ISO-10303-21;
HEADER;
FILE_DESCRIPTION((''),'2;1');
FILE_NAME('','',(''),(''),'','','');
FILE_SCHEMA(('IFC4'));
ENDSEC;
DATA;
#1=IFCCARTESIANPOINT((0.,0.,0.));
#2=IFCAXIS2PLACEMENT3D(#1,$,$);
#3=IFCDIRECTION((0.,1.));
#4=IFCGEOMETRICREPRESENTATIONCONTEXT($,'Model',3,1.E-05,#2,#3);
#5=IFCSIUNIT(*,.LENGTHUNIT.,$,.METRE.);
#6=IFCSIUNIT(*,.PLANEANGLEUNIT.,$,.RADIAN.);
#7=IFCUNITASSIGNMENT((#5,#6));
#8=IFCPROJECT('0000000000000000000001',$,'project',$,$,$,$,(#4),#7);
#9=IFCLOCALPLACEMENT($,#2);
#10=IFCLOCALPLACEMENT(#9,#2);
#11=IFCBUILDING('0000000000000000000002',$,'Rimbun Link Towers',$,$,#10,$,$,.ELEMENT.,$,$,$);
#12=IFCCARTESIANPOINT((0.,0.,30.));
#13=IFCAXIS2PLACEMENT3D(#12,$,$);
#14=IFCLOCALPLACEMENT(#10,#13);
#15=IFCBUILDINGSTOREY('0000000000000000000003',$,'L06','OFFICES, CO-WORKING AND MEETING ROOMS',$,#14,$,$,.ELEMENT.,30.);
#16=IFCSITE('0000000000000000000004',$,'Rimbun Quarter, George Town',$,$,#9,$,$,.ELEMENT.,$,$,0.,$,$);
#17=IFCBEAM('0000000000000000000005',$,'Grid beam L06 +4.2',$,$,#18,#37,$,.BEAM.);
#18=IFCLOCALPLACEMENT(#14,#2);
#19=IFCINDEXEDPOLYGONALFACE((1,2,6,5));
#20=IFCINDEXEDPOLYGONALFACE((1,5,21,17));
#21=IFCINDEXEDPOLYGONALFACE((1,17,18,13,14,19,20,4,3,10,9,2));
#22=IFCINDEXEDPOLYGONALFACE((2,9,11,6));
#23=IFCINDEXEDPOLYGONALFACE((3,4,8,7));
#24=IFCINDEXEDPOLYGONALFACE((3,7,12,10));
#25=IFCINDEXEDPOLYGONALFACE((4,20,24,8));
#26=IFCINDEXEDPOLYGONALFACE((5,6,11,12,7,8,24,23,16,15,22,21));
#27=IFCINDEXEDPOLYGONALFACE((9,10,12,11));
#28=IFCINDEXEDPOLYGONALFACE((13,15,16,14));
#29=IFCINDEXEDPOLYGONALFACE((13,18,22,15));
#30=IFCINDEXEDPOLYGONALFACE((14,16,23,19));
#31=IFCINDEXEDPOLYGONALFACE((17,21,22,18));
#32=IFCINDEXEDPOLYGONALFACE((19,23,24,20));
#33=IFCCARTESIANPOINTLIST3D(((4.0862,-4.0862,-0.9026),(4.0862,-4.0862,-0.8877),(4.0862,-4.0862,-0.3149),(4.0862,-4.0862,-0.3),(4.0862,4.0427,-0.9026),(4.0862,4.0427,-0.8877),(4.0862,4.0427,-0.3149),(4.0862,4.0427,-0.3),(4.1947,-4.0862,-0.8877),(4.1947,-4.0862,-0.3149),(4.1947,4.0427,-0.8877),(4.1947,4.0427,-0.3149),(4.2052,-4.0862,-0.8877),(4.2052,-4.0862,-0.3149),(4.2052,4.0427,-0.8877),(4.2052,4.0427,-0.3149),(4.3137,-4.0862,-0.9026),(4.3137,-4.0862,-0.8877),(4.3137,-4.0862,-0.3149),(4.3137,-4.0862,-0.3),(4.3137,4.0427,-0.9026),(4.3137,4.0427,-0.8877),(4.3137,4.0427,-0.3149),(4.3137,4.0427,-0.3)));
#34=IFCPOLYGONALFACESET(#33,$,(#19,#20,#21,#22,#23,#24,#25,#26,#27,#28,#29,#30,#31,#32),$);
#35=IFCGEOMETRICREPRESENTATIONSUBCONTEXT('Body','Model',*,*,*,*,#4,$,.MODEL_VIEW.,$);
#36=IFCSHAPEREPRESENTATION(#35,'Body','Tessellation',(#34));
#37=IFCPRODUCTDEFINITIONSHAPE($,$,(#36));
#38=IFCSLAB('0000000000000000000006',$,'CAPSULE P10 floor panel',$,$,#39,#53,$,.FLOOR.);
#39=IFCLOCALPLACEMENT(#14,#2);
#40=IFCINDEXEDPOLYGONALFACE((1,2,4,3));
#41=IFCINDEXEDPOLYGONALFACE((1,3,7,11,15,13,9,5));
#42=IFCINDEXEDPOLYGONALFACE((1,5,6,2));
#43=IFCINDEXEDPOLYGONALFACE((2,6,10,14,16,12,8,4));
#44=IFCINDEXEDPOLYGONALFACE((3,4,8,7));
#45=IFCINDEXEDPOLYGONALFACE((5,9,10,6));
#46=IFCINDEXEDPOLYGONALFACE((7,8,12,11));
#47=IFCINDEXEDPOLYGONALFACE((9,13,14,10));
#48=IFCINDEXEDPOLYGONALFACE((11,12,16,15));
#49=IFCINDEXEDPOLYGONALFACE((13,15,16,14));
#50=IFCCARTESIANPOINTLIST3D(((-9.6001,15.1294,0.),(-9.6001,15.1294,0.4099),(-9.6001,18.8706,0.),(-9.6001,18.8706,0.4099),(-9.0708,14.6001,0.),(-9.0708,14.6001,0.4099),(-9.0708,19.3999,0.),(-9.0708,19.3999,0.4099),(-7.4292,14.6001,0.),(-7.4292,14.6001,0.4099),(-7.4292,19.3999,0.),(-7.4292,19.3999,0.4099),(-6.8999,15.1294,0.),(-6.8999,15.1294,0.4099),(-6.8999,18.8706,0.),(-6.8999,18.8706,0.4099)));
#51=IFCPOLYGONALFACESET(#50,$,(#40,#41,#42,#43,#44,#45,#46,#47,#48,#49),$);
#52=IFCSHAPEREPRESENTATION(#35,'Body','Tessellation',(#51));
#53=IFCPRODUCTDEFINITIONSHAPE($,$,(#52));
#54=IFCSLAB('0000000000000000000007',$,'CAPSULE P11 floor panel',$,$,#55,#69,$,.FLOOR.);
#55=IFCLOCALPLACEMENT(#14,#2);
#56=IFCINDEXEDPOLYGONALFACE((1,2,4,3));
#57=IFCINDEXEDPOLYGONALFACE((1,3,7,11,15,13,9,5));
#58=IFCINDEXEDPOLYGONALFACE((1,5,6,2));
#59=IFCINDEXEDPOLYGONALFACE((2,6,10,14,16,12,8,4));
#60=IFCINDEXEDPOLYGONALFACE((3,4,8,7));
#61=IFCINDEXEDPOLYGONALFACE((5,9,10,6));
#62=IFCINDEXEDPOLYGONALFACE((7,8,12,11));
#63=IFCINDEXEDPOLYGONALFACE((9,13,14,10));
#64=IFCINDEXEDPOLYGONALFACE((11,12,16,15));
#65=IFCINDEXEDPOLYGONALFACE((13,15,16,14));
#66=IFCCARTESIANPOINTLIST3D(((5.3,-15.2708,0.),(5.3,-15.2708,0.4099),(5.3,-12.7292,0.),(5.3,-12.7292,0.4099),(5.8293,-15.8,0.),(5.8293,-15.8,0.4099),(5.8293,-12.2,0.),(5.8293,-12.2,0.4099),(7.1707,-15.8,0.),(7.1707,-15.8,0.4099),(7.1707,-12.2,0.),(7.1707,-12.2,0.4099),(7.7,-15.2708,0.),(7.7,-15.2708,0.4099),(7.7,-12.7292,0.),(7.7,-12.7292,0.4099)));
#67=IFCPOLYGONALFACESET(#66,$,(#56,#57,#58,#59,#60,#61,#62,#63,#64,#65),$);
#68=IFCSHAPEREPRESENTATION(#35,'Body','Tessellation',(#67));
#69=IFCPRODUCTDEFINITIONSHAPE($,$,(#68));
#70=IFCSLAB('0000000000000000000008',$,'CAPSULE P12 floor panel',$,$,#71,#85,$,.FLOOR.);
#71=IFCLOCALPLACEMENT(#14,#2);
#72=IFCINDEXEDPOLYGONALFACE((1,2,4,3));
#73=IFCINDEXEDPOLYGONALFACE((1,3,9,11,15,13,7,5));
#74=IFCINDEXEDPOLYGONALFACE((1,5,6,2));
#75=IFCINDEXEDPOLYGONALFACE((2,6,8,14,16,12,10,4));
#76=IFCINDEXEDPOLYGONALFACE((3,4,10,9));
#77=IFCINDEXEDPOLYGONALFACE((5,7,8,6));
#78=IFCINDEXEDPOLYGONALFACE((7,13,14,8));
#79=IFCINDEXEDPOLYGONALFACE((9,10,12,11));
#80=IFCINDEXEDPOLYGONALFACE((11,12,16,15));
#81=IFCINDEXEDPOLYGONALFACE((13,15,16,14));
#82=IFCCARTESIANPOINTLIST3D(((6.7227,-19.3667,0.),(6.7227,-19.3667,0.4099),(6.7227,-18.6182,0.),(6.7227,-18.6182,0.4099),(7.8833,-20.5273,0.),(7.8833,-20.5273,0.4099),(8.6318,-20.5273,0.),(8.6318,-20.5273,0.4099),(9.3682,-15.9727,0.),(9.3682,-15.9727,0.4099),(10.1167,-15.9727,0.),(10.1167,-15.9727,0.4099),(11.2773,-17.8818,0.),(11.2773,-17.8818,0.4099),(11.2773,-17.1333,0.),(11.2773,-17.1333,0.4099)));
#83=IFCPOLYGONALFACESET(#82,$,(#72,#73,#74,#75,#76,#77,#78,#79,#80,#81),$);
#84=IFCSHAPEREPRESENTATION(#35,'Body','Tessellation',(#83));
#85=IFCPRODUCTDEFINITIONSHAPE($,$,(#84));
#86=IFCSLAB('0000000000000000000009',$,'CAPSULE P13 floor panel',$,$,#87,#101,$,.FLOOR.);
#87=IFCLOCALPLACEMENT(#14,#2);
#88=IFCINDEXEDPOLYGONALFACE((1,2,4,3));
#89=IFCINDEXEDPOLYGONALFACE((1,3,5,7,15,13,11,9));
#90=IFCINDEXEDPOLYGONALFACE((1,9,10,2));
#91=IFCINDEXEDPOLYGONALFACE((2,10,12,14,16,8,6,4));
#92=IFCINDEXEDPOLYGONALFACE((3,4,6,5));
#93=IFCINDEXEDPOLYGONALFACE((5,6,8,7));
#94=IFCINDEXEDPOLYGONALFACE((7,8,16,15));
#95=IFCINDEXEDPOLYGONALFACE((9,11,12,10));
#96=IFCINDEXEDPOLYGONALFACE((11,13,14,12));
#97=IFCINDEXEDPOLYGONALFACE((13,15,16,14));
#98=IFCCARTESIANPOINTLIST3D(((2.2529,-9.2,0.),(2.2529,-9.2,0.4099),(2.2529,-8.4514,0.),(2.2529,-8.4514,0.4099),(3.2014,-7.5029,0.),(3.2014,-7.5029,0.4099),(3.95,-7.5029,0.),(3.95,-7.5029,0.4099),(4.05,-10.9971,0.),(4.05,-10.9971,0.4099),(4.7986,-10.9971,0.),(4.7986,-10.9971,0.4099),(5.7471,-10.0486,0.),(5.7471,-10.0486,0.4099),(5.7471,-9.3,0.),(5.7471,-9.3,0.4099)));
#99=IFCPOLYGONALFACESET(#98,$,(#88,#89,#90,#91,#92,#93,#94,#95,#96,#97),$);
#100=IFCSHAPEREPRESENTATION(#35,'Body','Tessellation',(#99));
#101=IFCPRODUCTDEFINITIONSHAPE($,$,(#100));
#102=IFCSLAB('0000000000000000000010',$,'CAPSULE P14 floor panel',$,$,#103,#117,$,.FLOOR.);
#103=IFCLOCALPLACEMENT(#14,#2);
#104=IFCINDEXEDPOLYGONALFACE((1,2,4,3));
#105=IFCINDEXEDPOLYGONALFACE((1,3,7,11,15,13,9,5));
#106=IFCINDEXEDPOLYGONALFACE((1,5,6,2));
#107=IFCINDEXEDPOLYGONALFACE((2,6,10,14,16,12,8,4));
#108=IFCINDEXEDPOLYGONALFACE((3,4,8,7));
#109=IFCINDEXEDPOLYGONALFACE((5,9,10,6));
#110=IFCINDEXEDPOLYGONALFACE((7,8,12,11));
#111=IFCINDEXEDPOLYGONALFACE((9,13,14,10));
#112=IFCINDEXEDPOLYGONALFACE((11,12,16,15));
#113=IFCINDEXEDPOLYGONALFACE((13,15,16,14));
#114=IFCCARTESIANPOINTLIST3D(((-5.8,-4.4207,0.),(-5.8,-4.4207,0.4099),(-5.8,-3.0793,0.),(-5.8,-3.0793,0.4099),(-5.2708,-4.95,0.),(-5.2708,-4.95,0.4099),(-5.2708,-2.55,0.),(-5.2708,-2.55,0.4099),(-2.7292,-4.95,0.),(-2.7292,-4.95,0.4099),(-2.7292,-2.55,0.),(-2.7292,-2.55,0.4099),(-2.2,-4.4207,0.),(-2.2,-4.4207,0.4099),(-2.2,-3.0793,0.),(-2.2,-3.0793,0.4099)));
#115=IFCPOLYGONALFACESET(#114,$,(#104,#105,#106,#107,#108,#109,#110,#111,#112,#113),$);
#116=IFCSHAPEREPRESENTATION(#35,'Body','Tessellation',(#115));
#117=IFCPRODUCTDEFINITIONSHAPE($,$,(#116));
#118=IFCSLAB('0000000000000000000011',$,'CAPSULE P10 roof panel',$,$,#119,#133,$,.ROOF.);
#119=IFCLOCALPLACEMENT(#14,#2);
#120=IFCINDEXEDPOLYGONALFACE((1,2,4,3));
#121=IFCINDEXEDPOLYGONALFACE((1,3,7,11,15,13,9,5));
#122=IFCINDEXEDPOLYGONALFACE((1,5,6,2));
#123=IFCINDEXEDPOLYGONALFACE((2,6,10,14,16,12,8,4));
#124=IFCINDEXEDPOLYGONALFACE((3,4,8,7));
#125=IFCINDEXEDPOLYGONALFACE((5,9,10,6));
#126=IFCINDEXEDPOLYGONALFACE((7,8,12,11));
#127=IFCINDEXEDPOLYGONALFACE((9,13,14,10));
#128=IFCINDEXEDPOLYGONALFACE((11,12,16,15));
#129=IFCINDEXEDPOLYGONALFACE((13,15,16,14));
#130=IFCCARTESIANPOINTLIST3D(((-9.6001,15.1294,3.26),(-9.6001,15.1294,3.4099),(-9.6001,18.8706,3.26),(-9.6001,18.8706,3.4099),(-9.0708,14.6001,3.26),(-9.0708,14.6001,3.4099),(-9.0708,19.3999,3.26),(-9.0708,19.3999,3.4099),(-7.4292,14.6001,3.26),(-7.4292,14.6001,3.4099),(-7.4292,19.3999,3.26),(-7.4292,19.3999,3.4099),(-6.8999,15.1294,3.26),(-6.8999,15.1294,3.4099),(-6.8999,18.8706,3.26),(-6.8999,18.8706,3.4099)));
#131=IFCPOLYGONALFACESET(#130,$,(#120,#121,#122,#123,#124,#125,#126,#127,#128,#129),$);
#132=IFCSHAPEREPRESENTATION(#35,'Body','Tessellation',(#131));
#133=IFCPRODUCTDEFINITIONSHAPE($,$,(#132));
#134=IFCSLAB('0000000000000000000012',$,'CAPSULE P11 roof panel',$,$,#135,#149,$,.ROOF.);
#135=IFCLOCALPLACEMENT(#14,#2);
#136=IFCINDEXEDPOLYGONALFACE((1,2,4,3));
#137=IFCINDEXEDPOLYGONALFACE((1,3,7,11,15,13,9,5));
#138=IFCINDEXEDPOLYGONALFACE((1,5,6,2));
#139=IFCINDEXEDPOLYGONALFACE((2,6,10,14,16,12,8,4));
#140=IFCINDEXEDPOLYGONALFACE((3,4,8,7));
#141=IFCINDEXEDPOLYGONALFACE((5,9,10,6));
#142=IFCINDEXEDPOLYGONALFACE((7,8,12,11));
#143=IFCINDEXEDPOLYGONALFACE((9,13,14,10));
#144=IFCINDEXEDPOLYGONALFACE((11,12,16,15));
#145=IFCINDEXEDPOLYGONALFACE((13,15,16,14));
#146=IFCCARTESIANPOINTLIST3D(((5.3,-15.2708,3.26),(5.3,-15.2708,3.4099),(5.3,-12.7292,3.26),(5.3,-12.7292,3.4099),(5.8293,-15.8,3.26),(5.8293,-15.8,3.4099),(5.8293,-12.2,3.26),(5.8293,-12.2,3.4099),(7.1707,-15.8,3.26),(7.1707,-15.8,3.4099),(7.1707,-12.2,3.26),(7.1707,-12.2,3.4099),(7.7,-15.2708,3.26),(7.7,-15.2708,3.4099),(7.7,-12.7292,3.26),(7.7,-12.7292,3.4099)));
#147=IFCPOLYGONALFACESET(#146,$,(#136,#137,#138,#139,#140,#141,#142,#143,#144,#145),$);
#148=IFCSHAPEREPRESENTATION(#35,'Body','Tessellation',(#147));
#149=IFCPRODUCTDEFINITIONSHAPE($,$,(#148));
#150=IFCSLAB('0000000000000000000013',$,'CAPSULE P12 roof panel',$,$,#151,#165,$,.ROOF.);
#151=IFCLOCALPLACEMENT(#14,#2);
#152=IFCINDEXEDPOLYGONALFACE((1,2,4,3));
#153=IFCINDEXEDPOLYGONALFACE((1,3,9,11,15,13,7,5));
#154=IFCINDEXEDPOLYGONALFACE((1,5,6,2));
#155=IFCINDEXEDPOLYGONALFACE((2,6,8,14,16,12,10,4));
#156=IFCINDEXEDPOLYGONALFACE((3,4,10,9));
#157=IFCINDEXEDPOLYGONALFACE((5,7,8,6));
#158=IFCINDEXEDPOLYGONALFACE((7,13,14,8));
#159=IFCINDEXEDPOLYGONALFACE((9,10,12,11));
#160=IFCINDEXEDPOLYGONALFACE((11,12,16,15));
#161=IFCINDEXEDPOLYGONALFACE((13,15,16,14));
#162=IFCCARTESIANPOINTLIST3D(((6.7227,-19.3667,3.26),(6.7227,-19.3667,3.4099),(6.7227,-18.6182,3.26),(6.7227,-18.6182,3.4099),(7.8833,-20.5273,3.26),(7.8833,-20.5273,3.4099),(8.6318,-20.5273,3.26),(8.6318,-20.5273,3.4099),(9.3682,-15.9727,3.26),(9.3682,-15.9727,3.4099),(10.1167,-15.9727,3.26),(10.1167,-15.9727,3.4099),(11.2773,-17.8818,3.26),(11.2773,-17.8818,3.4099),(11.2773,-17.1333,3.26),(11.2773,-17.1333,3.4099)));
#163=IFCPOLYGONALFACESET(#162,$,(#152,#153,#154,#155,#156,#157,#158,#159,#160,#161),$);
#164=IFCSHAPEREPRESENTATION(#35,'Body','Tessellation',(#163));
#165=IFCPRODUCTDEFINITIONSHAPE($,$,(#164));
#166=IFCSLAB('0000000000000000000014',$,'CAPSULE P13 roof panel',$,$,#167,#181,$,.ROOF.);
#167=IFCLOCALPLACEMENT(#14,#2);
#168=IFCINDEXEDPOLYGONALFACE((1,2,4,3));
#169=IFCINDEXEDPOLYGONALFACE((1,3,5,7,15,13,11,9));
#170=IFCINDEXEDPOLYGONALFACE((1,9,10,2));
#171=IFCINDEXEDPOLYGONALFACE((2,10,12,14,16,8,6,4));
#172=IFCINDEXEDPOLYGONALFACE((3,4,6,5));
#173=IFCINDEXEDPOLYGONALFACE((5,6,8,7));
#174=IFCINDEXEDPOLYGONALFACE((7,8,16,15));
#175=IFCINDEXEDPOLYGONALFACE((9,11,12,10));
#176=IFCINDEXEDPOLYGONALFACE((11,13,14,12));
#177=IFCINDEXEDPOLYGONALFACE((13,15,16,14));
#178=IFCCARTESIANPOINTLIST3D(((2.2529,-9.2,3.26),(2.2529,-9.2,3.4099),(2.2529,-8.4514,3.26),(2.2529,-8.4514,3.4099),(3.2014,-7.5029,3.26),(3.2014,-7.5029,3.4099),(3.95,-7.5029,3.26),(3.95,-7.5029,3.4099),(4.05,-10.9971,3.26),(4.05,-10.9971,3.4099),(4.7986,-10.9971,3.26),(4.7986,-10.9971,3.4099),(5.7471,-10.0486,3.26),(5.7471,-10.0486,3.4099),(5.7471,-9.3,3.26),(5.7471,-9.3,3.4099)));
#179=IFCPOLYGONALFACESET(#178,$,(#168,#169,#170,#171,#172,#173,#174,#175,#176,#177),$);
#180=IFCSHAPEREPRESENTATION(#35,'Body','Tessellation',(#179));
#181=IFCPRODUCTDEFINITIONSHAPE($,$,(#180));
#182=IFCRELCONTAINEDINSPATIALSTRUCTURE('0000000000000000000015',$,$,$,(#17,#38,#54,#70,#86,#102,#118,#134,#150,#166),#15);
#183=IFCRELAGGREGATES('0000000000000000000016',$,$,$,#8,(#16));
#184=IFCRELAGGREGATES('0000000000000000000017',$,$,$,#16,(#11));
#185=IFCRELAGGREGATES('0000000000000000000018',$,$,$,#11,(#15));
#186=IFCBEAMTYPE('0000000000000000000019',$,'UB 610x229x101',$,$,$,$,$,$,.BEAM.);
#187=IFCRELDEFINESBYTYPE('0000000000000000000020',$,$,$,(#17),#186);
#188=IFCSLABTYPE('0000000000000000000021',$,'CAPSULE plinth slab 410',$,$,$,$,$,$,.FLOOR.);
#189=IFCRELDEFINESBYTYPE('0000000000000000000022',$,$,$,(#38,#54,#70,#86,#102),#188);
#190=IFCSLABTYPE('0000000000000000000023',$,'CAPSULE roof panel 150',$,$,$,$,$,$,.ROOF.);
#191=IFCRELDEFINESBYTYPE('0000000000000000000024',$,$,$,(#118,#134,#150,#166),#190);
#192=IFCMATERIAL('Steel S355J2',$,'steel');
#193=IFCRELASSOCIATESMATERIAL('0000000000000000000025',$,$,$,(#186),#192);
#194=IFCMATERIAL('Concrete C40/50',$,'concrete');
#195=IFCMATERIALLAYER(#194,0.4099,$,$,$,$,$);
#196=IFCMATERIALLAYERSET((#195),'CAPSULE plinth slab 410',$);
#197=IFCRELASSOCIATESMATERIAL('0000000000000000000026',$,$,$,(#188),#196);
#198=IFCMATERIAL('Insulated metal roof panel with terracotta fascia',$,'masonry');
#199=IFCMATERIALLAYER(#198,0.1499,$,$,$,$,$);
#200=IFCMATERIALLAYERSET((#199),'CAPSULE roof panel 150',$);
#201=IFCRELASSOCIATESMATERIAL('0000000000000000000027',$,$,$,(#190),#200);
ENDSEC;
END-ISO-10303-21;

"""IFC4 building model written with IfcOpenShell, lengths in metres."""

from ifc_helpers import new_model, si_unit, direction, frame, origin, origin_2d, place, context, subcontext, project, spatial, polyline, i_section, outline, extrude, material, layer, layer_set, material_profile, profile_set, type_object, element, save


model = new_model("IFC4")

# Units and contexts
model_context = context("Model", 3, precision=1e-05, world=origin(), true_north=direction((0.0, 1.0)))
body_context = subcontext(model_context, "Body", "Model", "MODEL_VIEW")
ifc_project = project(units=[si_unit("LENGTHUNIT", "METRE"), si_unit("PLANEANGLEUNIT", "RADIAN")], contexts=[model_context])

# Site, building, storey
site_placement = place(None, origin())
site = spatial("IfcSite", under=ifc_project, at=site_placement, Name="Rimbun Quarter, George Town", CompositionType="ELEMENT", RefElevation=0.0)
building_placement = place(site_placement, origin())
building = spatial("IfcBuilding", under=site, at=building_placement, Name="Rimbun Link Towers", CompositionType="ELEMENT")
storey_placement = place(building_placement, frame((0.0, 0.0, 30.0)))
storey = spatial("IfcBuildingStorey", under=building, at=storey_placement, Name="L06", Description="OFFICES, CO-WORKING AND MEETING ROOMS", CompositionType="ELEMENT", Elevation=30.0)

# Beam
ifc_material_1 = material(Name="Steel S355J2", Category="steel")
ifc_material_profile = material_profile(ifc_material_1, i_section(OverallWidth=0.2275, OverallDepth=0.6025, WebThickness=0.0105, FlangeThickness=0.0149, at=origin_2d()), Name="UB 610x229x101")
ifc_profile_set = profile_set([ifc_material_profile], Name="Steel S355J2")
beam_type = type_object("IfcBeamType", Name="UB 610x229x101", PredefinedType="BEAM", material=ifc_profile_set)
beam_placement = place(storey_placement, frame((4.2, -4.0862, -0.6013), z_axis=(0.0, 1.0, 0.0), x_axis=(-1.0, 0.0, 0.0)))
element("IfcBeam", 1, at=beam_placement, inside=storey, type_object=beam_type, Name="Grid beam L06 +4.2", PredefinedType="BEAM", context=body_context, shape_type="SweptSolid", body=[
    extrude(i_section(OverallWidth=0.2275, OverallDepth=0.6025, WebThickness=0.0105, FlangeThickness=0.0149, at=origin_2d()), origin(), (0.0, 0.0, 1.0), 8.1289),
])

# Slabs
ifc_material_2 = material(Name="Concrete C40/50", Category="concrete")
ifc_layer_1 = layer(ifc_material_2, 0.4099)
ifc_layer_set_1 = layer_set([ifc_layer_1], Name="CAPSULE plinth slab 410")
slab_type_1 = type_object("IfcSlabType", Name="CAPSULE plinth slab 410", PredefinedType="FLOOR", material=ifc_layer_set_1)
slab_1_placement = place(storey_placement, origin())
element("IfcSlab", 2, at=slab_1_placement, inside=storey, type_object=slab_type_1, Name="CAPSULE P10 floor panel", PredefinedType="FLOOR", context=body_context, shape_type="SweptSolid", body=[
    extrude(outline(polyline([(-9.0708, 19.3999), (-9.6001, 18.8706), (-9.6001, 15.1294), (-9.0708, 14.6001), (-7.4292, 14.6001), (-6.8999, 15.1294), (-6.8999, 18.8706), (-7.4292, 19.3999), (-9.0708, 19.3999)])), origin(), (0.0, 0.0, 1.0), 0.4099),
])
slab_2_placement = place(storey_placement, origin())
element("IfcSlab", 3, at=slab_2_placement, inside=storey, type_object=slab_type_1, Name="CAPSULE P11 floor panel", PredefinedType="FLOOR", context=body_context, shape_type="SweptSolid", body=[
    extrude(outline(polyline([(5.8293, -12.2), (5.3, -12.7292), (5.3, -15.2708), (5.8293, -15.8), (7.1707, -15.8), (7.7, -15.2708), (7.7, -12.7292), (7.1707, -12.2), (5.8293, -12.2)])), origin(), (0.0, 0.0, 1.0), 0.4099),
])
slab_3_placement = place(storey_placement, origin())
element("IfcSlab", 4, at=slab_3_placement, inside=storey, type_object=slab_type_1, Name="CAPSULE P12 floor panel", PredefinedType="FLOOR", context=body_context, shape_type="SweptSolid", body=[
    extrude(outline(polyline([(10.1167, -15.9727), (9.3682, -15.9727), (6.7227, -18.6182), (6.7227, -19.3667), (7.8833, -20.5273), (8.6318, -20.5273), (11.2773, -17.8818), (11.2773, -17.1333), (10.1167, -15.9727)])), origin(), (0.0, 0.0, 1.0), 0.4099),
])
slab_4_placement = place(storey_placement, origin())
element("IfcSlab", 5, at=slab_4_placement, inside=storey, type_object=slab_type_1, Name="CAPSULE P13 floor panel", PredefinedType="FLOOR", context=body_context, shape_type="SweptSolid", body=[
    extrude(outline(polyline([(2.2529, -8.4514), (2.2529, -9.2), (4.05, -10.9971), (4.7986, -10.9971), (5.7471, -10.0486), (5.7471, -9.3), (3.95, -7.5029), (3.2014, -7.5029), (2.2529, -8.4514)])), origin(), (0.0, 0.0, 1.0), 0.4099),
])
slab_5_placement = place(storey_placement, origin())
element("IfcSlab", 6, at=slab_5_placement, inside=storey, type_object=slab_type_1, Name="CAPSULE P14 floor panel", PredefinedType="FLOOR", context=body_context, shape_type="SweptSolid", body=[
    extrude(outline(polyline([(-2.2, -3.0793), (-2.7292, -2.55), (-5.2708, -2.55), (-5.8, -3.0793), (-5.8, -4.4207), (-5.2708, -4.95), (-2.7292, -4.95), (-2.2, -4.4207), (-2.2, -3.0793)])), origin(), (0.0, 0.0, 1.0), 0.4099),
])
ifc_material_3 = material(Name="Insulated metal roof panel with terracotta fascia", Category="masonry")
ifc_layer_2 = layer(ifc_material_3, 0.1499)
ifc_layer_set_2 = layer_set([ifc_layer_2], Name="CAPSULE roof panel 150")
slab_type_2 = type_object("IfcSlabType", Name="CAPSULE roof panel 150", PredefinedType="ROOF", material=ifc_layer_set_2)
slab_6_placement = place(storey_placement, frame((0.0, 0.0, 3.26)))
element("IfcSlab", 7, at=slab_6_placement, inside=storey, type_object=slab_type_2, Name="CAPSULE P10 roof panel", PredefinedType="ROOF", context=body_context, shape_type="SweptSolid", body=[
    extrude(outline(polyline([(-9.0708, 19.3999), (-9.6001, 18.8706), (-9.6001, 15.1294), (-9.0708, 14.6001), (-7.4292, 14.6001), (-6.8999, 15.1294), (-6.8999, 18.8706), (-7.4292, 19.3999), (-9.0708, 19.3999)])), origin(), (0.0, 0.0, 1.0), 0.1499),
])
slab_7_placement = place(storey_placement, frame((0.0, 0.0, 3.26)))
element("IfcSlab", 8, at=slab_7_placement, inside=storey, type_object=slab_type_2, Name="CAPSULE P11 roof panel", PredefinedType="ROOF", context=body_context, shape_type="SweptSolid", body=[
    extrude(outline(polyline([(5.8293, -12.2), (5.3, -12.7292), (5.3, -15.2708), (5.8293, -15.8), (7.1707, -15.8), (7.7, -15.2708), (7.7, -12.7292), (7.1707, -12.2), (5.8293, -12.2)])), origin(), (0.0, 0.0, 1.0), 0.1499),
])
slab_8_placement = place(storey_placement, frame((0.0, 0.0, 3.26)))
element("IfcSlab", 9, at=slab_8_placement, inside=storey, type_object=slab_type_2, Name="CAPSULE P12 roof panel", PredefinedType="ROOF", context=body_context, shape_type="SweptSolid", body=[
    extrude(outline(polyline([(10.1167, -15.9727), (9.3682, -15.9727), (6.7227, -18.6182), (6.7227, -19.3667), (7.8833, -20.5273), (8.6318, -20.5273), (11.2773, -17.8818), (11.2773, -17.1333), (10.1167, -15.9727)])), origin(), (0.0, 0.0, 1.0), 0.1499),
])
slab_9_placement = place(storey_placement, frame((0.0, 0.0, 3.26)))
element("IfcSlab", 10, at=slab_9_placement, inside=storey, type_object=slab_type_2, Name="CAPSULE P13 roof panel", PredefinedType="ROOF", context=body_context, shape_type="SweptSolid", body=[
    extrude(outline(polyline([(2.2529, -8.4514), (2.2529, -9.2), (4.05, -10.9971), (4.7986, -10.9971), (5.7471, -10.0486), (5.7471, -9.3), (3.95, -7.5029), (3.2014, -7.5029), (2.2529, -8.4514)])), origin(), (0.0, 0.0, 1.0), 0.1499),
])

save(model, "model.ifc")
